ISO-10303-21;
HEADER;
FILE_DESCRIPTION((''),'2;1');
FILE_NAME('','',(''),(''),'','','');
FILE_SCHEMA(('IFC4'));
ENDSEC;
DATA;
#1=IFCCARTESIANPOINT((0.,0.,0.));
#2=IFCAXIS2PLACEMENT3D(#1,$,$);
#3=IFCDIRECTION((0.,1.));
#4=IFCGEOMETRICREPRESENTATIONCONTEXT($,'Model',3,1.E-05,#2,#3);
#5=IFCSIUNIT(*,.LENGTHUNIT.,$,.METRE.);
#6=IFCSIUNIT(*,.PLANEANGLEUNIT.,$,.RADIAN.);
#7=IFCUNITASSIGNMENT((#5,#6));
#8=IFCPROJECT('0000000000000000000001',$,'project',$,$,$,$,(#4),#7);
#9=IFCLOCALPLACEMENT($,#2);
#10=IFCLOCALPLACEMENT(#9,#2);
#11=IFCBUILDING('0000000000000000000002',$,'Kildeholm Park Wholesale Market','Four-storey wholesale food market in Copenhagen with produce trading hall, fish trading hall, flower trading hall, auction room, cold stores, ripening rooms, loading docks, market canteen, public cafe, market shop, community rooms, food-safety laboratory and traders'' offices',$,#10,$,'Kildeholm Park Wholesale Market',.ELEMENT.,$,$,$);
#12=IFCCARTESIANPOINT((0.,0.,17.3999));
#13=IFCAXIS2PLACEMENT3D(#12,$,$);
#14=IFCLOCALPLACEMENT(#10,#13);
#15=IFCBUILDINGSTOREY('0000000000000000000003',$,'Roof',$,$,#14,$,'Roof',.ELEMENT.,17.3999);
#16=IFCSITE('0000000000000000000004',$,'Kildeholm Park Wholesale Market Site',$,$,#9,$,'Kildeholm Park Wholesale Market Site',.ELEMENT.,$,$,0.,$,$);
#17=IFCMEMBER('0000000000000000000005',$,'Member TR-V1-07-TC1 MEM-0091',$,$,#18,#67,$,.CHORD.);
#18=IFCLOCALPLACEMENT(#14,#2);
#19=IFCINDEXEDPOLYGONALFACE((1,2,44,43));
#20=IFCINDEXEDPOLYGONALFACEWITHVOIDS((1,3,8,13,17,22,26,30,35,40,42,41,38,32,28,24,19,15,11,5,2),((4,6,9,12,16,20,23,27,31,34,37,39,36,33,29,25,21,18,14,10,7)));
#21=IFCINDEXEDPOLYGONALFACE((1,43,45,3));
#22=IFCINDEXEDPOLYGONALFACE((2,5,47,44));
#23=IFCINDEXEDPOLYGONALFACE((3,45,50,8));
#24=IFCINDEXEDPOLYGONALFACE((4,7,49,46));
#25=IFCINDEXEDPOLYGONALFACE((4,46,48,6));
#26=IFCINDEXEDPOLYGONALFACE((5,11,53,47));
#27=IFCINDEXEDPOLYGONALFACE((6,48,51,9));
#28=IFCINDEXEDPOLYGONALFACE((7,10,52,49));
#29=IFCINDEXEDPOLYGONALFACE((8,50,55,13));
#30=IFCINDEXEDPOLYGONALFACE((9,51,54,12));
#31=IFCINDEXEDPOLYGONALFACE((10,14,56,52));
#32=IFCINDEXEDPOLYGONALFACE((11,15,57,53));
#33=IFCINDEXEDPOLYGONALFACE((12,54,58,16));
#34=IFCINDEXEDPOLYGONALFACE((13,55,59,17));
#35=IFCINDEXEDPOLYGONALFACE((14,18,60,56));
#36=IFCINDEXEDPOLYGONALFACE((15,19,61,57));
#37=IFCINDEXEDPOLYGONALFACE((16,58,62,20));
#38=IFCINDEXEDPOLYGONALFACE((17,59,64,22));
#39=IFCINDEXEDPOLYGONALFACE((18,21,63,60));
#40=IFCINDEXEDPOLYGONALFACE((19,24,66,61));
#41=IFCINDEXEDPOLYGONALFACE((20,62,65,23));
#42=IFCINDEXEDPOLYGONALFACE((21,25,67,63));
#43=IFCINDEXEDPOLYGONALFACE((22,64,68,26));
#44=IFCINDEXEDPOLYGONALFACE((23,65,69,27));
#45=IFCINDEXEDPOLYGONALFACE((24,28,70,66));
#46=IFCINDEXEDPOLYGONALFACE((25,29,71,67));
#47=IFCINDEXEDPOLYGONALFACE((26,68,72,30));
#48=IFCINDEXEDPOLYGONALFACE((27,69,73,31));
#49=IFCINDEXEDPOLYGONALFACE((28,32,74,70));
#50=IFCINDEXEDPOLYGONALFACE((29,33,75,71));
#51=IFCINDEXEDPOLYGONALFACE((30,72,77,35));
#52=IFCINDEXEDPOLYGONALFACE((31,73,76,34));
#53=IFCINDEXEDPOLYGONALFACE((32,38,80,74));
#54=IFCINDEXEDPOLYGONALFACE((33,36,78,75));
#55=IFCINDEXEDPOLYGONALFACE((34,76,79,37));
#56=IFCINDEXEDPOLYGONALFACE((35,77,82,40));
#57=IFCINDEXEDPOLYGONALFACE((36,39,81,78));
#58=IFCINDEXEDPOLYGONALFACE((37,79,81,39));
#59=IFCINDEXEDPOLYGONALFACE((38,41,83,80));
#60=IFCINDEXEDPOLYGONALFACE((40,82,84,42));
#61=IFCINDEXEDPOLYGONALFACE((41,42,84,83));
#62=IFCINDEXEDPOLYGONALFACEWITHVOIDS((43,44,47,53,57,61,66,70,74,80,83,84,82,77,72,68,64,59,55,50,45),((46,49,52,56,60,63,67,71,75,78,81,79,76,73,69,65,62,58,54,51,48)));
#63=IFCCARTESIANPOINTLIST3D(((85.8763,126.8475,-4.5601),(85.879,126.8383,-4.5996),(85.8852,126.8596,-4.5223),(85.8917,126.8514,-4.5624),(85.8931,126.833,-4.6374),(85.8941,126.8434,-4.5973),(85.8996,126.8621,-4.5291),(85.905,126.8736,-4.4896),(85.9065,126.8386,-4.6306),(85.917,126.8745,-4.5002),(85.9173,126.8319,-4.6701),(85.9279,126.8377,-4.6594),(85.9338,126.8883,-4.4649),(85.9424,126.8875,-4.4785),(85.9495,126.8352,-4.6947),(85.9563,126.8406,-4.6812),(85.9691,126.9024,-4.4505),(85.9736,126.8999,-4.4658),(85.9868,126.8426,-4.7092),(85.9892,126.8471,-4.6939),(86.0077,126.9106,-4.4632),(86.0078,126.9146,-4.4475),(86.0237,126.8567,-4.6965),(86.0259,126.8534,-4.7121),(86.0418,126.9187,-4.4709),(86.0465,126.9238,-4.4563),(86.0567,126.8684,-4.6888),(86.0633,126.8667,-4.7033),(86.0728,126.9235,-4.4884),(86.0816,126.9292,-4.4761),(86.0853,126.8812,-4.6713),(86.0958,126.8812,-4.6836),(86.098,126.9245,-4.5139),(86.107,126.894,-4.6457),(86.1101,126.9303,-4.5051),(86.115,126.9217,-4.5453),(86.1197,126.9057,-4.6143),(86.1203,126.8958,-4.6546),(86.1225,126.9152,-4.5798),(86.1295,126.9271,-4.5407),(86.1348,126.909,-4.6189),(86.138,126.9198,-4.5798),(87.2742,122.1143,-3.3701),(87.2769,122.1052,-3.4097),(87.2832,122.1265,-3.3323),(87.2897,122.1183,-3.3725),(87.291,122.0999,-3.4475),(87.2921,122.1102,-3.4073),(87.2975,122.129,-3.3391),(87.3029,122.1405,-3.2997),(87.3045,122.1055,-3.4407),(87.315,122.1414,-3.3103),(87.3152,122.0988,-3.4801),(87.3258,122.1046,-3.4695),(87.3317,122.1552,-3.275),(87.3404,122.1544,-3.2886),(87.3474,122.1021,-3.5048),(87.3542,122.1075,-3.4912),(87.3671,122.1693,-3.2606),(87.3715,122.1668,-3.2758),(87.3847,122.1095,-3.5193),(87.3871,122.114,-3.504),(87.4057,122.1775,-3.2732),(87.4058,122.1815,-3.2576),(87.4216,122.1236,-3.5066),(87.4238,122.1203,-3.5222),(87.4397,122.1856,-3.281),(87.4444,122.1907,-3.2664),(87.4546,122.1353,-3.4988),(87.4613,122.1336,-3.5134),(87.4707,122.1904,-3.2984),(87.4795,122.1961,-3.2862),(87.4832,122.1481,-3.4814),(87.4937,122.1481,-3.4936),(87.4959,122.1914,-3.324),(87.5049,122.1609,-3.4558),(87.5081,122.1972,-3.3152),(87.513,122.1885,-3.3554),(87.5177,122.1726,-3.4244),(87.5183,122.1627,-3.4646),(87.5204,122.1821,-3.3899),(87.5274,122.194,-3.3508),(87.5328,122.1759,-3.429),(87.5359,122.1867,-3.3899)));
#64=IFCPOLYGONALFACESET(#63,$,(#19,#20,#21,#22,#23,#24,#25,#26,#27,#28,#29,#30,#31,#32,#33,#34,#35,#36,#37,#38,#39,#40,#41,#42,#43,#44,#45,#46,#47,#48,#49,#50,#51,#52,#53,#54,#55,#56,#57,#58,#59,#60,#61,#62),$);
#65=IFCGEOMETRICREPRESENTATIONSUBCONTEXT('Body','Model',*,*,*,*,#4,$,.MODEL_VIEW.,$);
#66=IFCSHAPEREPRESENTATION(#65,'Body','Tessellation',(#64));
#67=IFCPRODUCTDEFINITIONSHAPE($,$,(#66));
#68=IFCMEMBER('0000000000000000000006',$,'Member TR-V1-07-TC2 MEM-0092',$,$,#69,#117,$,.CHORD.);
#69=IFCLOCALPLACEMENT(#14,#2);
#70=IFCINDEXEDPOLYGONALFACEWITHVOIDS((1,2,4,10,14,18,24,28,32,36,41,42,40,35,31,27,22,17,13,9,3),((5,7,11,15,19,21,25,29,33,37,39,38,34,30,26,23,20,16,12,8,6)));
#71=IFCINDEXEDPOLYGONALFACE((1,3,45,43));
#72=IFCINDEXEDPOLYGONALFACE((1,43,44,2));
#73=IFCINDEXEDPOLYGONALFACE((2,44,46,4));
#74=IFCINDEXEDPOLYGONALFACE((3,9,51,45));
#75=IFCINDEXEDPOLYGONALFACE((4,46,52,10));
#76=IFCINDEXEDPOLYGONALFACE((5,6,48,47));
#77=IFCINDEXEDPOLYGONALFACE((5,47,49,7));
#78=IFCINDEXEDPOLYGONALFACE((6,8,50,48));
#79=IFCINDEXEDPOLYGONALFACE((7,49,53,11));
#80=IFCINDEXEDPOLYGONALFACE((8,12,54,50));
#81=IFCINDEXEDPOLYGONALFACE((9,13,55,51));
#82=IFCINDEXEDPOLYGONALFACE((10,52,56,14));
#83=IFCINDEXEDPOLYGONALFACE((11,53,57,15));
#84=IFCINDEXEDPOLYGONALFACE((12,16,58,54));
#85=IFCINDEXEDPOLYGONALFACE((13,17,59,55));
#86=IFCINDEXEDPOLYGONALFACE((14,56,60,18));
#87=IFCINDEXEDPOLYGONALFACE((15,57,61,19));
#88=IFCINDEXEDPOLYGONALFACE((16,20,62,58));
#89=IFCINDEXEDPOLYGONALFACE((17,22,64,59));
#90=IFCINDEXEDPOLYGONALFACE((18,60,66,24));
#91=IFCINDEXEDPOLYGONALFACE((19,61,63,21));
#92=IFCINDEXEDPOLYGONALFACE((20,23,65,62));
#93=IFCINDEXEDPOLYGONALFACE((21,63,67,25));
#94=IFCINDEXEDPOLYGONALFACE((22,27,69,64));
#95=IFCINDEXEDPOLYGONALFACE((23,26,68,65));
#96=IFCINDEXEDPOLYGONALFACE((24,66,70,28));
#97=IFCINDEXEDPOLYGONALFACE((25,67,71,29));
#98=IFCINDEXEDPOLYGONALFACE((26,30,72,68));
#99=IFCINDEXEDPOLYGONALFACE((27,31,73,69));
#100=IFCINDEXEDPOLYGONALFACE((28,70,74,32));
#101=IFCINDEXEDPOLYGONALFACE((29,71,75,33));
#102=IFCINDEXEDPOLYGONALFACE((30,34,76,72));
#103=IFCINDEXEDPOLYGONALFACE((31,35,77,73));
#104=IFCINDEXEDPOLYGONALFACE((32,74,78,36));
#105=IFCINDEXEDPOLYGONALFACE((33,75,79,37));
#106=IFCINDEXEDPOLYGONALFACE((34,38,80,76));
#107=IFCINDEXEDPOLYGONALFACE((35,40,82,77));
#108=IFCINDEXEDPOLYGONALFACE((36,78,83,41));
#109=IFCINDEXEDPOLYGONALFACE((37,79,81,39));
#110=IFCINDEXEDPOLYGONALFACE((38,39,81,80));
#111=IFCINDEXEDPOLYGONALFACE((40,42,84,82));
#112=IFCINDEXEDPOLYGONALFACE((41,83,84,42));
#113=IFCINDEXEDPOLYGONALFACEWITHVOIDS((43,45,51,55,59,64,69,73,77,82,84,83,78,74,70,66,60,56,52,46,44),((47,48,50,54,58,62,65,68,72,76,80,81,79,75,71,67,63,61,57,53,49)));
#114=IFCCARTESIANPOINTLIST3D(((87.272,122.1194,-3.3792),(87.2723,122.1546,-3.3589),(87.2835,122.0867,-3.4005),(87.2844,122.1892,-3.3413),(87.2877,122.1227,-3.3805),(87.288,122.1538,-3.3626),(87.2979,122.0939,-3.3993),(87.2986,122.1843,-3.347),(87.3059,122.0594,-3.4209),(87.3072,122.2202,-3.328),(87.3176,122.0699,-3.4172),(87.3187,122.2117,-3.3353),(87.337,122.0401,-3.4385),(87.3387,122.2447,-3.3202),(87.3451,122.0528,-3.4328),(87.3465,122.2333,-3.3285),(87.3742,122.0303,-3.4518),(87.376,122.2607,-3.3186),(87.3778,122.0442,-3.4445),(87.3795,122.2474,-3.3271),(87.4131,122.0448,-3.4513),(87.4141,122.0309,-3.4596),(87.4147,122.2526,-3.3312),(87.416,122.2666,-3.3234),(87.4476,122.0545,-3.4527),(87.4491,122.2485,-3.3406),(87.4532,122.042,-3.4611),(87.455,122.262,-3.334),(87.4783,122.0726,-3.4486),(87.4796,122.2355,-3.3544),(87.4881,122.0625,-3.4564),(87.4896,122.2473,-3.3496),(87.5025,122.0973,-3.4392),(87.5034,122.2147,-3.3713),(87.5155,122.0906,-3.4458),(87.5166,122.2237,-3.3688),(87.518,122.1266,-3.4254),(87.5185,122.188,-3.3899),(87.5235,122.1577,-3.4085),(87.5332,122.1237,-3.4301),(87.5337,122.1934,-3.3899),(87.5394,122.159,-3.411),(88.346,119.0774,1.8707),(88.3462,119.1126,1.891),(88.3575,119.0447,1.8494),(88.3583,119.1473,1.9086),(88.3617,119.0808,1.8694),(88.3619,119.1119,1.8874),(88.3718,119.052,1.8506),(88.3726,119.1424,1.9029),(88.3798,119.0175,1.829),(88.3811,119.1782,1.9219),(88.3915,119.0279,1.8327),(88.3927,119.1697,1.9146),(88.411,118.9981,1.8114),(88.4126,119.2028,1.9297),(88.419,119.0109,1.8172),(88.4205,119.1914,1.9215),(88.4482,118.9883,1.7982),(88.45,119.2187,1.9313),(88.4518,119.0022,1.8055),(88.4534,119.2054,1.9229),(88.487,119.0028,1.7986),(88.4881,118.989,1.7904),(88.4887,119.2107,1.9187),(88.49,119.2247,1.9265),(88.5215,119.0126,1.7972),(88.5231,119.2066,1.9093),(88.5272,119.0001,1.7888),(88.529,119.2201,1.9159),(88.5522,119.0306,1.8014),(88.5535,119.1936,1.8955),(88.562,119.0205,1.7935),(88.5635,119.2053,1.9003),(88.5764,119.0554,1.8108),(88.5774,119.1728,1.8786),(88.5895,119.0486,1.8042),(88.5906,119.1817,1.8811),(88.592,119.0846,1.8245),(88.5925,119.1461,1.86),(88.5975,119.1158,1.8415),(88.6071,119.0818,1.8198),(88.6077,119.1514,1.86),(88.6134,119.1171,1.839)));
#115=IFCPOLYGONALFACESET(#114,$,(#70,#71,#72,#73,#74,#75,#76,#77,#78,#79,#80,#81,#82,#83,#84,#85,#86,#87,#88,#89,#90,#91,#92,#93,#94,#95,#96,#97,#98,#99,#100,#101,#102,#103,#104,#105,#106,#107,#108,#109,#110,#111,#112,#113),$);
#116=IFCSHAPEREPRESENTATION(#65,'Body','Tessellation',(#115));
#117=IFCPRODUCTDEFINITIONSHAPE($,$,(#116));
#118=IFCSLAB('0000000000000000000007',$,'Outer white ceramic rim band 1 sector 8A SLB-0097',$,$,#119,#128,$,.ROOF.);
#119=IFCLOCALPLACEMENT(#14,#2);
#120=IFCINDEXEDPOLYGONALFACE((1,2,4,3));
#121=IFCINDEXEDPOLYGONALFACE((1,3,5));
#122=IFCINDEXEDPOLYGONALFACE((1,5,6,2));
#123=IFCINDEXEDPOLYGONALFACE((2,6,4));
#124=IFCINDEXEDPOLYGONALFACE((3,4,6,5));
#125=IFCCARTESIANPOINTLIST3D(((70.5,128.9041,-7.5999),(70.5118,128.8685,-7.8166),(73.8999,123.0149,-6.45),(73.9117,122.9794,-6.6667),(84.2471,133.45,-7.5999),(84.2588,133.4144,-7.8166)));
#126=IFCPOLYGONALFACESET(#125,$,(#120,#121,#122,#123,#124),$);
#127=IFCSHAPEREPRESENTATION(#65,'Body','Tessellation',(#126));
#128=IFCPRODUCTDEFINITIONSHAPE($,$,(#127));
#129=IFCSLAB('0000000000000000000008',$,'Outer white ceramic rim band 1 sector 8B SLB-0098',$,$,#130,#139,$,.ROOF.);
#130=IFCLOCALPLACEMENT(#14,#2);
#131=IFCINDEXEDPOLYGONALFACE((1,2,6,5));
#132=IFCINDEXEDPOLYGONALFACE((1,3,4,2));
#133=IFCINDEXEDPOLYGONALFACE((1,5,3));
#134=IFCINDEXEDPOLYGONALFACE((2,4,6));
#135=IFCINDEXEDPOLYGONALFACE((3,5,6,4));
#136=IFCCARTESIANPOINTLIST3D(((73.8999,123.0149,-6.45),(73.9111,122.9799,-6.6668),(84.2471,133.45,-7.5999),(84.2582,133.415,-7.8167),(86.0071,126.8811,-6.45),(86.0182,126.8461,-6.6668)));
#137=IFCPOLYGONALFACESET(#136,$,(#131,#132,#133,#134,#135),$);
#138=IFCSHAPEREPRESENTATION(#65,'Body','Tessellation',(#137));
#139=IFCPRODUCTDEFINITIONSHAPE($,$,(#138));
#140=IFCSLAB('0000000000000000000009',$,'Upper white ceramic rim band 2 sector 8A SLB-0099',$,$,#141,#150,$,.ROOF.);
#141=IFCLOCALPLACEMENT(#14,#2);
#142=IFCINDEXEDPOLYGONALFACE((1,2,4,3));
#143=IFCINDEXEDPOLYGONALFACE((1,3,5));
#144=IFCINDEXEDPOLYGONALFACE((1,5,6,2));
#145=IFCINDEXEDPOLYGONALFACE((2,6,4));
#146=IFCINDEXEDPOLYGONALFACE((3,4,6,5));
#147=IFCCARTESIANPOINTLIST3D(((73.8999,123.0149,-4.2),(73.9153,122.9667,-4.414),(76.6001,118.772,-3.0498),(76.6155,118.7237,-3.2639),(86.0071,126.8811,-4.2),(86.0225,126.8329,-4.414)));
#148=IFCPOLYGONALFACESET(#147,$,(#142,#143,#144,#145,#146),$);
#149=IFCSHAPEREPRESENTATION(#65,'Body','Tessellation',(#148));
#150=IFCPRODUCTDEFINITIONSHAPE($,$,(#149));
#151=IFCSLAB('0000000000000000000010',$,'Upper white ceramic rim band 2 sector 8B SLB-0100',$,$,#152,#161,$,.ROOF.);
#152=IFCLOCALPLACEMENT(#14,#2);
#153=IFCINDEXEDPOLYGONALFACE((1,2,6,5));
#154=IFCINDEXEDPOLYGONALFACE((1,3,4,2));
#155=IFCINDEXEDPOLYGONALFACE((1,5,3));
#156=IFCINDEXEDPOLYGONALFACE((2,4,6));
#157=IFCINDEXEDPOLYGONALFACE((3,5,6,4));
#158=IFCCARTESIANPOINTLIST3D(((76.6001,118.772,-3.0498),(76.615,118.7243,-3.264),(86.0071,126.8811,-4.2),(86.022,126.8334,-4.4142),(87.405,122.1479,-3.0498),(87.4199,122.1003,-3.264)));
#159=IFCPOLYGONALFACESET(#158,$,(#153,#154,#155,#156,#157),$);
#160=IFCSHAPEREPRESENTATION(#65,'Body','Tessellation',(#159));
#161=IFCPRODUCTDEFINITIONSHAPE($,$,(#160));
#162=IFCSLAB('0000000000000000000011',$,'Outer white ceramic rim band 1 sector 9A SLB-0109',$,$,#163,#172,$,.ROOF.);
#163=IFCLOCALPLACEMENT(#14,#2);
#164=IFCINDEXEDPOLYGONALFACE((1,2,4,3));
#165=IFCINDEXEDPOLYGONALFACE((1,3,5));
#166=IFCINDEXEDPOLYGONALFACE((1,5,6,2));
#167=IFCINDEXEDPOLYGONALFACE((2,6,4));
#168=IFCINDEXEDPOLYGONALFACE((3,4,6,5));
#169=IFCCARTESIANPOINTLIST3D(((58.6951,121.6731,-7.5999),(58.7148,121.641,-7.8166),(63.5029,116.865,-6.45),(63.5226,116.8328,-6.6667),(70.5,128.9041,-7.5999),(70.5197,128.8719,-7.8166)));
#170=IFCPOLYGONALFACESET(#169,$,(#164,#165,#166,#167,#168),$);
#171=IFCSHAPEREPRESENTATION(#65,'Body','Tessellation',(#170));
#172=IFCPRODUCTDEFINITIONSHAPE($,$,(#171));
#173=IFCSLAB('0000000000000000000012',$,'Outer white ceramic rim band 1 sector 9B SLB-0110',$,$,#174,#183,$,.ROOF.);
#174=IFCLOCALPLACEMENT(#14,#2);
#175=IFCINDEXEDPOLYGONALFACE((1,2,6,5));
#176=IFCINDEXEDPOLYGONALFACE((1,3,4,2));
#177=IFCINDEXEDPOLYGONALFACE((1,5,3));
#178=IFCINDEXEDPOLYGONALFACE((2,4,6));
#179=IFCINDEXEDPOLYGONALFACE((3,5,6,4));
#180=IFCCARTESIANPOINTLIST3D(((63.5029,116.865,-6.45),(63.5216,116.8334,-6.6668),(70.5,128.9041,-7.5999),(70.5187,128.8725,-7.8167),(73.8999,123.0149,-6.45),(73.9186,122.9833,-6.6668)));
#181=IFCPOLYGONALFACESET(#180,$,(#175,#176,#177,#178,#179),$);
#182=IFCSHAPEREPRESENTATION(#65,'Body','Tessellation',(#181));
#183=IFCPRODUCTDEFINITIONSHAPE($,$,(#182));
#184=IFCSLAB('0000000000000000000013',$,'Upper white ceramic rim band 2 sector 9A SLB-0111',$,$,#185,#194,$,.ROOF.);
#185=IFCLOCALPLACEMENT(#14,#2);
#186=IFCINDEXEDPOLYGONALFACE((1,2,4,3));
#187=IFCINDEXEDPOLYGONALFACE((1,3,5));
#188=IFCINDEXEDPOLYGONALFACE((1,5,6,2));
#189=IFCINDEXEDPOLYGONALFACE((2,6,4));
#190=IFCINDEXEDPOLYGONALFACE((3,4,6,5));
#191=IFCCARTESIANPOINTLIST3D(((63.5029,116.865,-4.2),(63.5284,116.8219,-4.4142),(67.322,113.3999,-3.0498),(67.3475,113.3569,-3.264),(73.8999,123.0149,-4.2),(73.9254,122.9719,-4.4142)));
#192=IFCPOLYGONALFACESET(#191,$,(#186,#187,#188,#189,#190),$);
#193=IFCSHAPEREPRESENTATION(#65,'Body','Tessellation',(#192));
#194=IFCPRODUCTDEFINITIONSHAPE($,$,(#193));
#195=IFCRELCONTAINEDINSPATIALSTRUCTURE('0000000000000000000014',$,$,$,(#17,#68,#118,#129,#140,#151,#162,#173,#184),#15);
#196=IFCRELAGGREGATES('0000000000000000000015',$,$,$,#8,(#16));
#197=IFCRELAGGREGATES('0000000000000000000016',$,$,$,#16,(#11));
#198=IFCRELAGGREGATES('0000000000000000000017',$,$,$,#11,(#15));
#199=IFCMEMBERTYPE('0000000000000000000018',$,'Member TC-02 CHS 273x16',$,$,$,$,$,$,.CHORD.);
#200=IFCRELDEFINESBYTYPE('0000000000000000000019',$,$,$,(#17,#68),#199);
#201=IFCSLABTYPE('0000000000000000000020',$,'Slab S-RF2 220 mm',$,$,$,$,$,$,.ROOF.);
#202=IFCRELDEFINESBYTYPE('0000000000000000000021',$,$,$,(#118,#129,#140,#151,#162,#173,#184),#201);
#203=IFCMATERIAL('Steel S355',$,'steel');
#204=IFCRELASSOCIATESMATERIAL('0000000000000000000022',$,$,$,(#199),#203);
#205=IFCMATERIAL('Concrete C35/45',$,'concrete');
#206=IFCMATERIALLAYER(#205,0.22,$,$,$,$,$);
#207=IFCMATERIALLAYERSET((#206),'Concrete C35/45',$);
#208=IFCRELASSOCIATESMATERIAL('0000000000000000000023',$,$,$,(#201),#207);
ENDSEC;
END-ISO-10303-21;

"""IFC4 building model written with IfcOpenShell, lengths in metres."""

from ifc_helpers import new_model, si_unit, direction, frame, origin, origin_2d, place, context, subcontext, project, spatial, polyline, hollow_circle, outline, extrude, material, layer, layer_set, material_profile, profile_set, type_object, element, save


model = new_model("IFC4")

# Units and contexts
model_context = context("Model", 3, precision=1e-05, world=origin(), true_north=direction((0.0, 1.0)))
body_context = subcontext(model_context, "Body", "Model", "MODEL_VIEW")
ifc_project = project(units=[si_unit("LENGTHUNIT", "METRE"), si_unit("PLANEANGLEUNIT", "RADIAN")], contexts=[model_context])

# Site, building, storey
site_placement = place(None, origin())
site = spatial("IfcSite", under=ifc_project, at=site_placement, Name="Kildeholm Park Wholesale Market Site", LongName="Kildeholm Park Wholesale Market Site", CompositionType="ELEMENT", RefElevation=0.0)
building_placement = place(site_placement, origin())
building = spatial("IfcBuilding", under=site, at=building_placement, Name="Kildeholm Park Wholesale Market", Description="Four-storey wholesale food market in Copenhagen with produce trading hall, fish trading hall, flower trading hall, auction room, cold stores, ripening rooms, loading docks, market canteen, public cafe, market shop, community rooms, food-safety laboratory and traders' offices", LongName="Kildeholm Park Wholesale Market", CompositionType="ELEMENT")
storey_placement = place(building_placement, frame((0.0, 0.0, 17.3999)))
storey = spatial("IfcBuildingStorey", under=building, at=storey_placement, Name="Roof", LongName="Roof", CompositionType="ELEMENT", Elevation=17.3999)

# Shared definitions
ifc_material_1 = material(Name="Steel S355", Category="steel")

# Members
ifc_material_profile_1 = material_profile(ifc_material_1, hollow_circle(Radius=0.1365, WallThickness=0.0161, at=origin_2d()), Name="CHS 273x16")
ifc_profile_set_1 = profile_set([ifc_material_profile_1], Name="Steel S355")
member_type_1 = type_object("IfcMemberType", Name="Member TC-02 CHS 273x16", PredefinedType="CHORD", material=ifc_profile_set_1)
member_1_placement = place(storey_placement, frame((86.0071, 126.8811, -4.5798), z_axis=(0.275365, -0.932327, 0.234392), x_axis=(0.959044, 0.283256, 0.0)))
element("IfcMember", 1, at=member_1_placement, inside=storey, type_object=member_type_1, Name="Member TR-V1-07-TC1 MEM-0091", PredefinedType="CHORD", context=body_context, shape_type="SweptSolid", body=[
    extrude(hollow_circle(Radius=0.1365, WallThickness=0.0161, at=origin_2d()), origin(), (0.0, 0.0, 1.0), 5.0767),
])
member_2_placement = place(storey_placement, frame((87.405, 122.1479, -3.3899), z_axis=(0.174291, -0.493674, 0.852003), x_axis=(0.942958, 0.332911, 0.0)))
element("IfcMember", 2, at=member_2_placement, inside=storey, type_object=member_type_1, Name="Member TR-V1-07-TC2 MEM-0092", PredefinedType="CHORD", context=body_context, shape_type="SweptSolid", body=[
    extrude(hollow_circle(Radius=0.1365, WallThickness=0.0161, at=origin_2d()), origin(), (0.0, 0.0, 1.0), 6.1619),
])

# Slabs
ifc_material_2 = material(Name="Concrete C35/45", Category="concrete")
ifc_layer_1 = layer(ifc_material_2, 0.22)
ifc_layer_set_1 = layer_set([ifc_layer_1], Name="Concrete C35/45")
slab_type = type_object("IfcSlabType", Name="Slab S-RF2 220 mm", PredefinedType="ROOF", material=ifc_layer_set_1)
slab_1_placement = place(storey_placement, frame((84.2471, 133.45, -7.5999), z_axis=(-0.053427, 0.161566, 0.985415), x_axis=(-0.949436, -0.313961, 0.0)))
element("IfcSlab", 3, at=slab_1_placement, inside=storey, type_object=slab_type, Name="Outer white ceramic rim band 1 sector 8A SLB-0097", PredefinedType="ROOF", context=body_context, shape_type="SweptSolid", body=[
    extrude(outline(polyline([(0.0, 0.0), (14.4792, 0.0), (13.1002, 6.7574), (0.0, 0.0)])), origin(), (0.0, 0.0, -1.0), 0.22),
])
slab_2_placement = place(storey_placement, frame((84.2471, 133.45, -7.5999), z_axis=(-0.050772, 0.158995, 0.985973), x_axis=(-0.701964, -0.707927, 0.078011)))
element("IfcSlab", 4, at=slab_2_placement, inside=storey, type_object=slab_type, Name="Outer white ceramic rim band 1 sector 8B SLB-0098", PredefinedType="ROOF", context=body_context, shape_type="SweptSolid", body=[
    extrude(outline(polyline([(0.0, 0.0), (14.7403, 0.0), (3.5045, 5.9404), (0.0, 0.0)])), origin(), (0.0, 0.0, -1.0), 0.22),
])
slab_3_placement = place(storey_placement, frame((86.0071, 126.8811, -4.2), z_axis=(-0.070011, 0.219242, 0.973155), x_axis=(-0.952609, -0.304199, 0.0)))
element("IfcSlab", 5, at=slab_3_placement, inside=storey, type_object=slab_type, Name="Upper white ceramic rim band 2 sector 8A SLB-0099", PredefinedType="ROOF", context=body_context, shape_type="SweptSolid", body=[
    extrude(outline(polyline([(0.0, 0.0), (12.7095, 0.0), (11.428, 4.9974), (0.0, 0.0)])), origin(), (0.0, 0.0, -1.0), 0.22),
])
slab_4_placement = place(storey_placement, frame((86.0071, 126.8811, -4.2), z_axis=(-0.067695, 0.216661, 0.973897), x_axis=(-0.754196, -0.650142, 0.092212)))
element("IfcSlab", 6, at=slab_4_placement, inside=storey, type_object=slab_type, Name="Upper white ceramic rim band 2 sector 8B SLB-0100", PredefinedType="ROOF", context=body_context, shape_type="SweptSolid", body=[
    extrude(outline(polyline([(0.0, 0.0), (12.4729, 0.0), (2.129, 4.5986), (0.0, 0.0)])), origin(), (0.0, 0.0, -1.0), 0.22),
])
slab_5_placement = place(storey_placement, frame((70.5, 128.9041, -7.5999), z_axis=(-0.089505, 0.146122, 0.985209), x_axis=(-0.85274, -0.522335, 0.0)))
element("IfcSlab", 7, at=slab_5_placement, inside=storey, type_object=slab_type, Name="Outer white ceramic rim band 1 sector 9A SLB-0109", PredefinedType="ROOF", context=body_context, shape_type="SweptSolid", body=[
    extrude(outline(polyline([(0.0, 0.0), (13.8435, 0.0), (12.2551, 6.7106), (0.0, 0.0)])), origin(), (0.0, 0.0, -1.0), 0.22),
])
slab_6_placement = place(storey_placement, frame((70.5, 128.9041, -7.5999), z_axis=(-0.084891, 0.143515, 0.986), x_axis=(-0.500788, -0.861649, 0.0823)))
element("IfcSlab", 8, at=slab_6_placement, inside=storey, type_object=slab_type, Name="Outer white ceramic rim band 1 sector 9B SLB-0110", PredefinedType="ROOF", context=body_context, shape_type="SweptSolid", body=[
    extrude(outline(polyline([(0.0, 0.0), (13.9721, 0.0), (3.4664, 5.9622), (0.0, 0.0)])), origin(), (0.0, 0.0, -1.0), 0.22),
])
slab_7_placement = place(storey_placement, frame((73.8999, 123.0149, -4.2), z_axis=(-0.11574, 0.195669, 0.973816), x_axis=(-0.8607, -0.509112, 0.0)))
element("IfcSlab", 9, at=slab_7_placement, inside=storey, type_object=slab_type, Name="Upper white ceramic rim band 2 sector 9A SLB-0111", PredefinedType="ROOF", context=body_context, shape_type="SweptSolid", body=[
    extrude(outline(polyline([(0.0, 0.0), (12.0797, 0.0), (10.5567, 5.0592), (0.0, 0.0)])), origin(), (0.0, 0.0, -1.0), 0.22),
])

save(model, "model.ifc")
